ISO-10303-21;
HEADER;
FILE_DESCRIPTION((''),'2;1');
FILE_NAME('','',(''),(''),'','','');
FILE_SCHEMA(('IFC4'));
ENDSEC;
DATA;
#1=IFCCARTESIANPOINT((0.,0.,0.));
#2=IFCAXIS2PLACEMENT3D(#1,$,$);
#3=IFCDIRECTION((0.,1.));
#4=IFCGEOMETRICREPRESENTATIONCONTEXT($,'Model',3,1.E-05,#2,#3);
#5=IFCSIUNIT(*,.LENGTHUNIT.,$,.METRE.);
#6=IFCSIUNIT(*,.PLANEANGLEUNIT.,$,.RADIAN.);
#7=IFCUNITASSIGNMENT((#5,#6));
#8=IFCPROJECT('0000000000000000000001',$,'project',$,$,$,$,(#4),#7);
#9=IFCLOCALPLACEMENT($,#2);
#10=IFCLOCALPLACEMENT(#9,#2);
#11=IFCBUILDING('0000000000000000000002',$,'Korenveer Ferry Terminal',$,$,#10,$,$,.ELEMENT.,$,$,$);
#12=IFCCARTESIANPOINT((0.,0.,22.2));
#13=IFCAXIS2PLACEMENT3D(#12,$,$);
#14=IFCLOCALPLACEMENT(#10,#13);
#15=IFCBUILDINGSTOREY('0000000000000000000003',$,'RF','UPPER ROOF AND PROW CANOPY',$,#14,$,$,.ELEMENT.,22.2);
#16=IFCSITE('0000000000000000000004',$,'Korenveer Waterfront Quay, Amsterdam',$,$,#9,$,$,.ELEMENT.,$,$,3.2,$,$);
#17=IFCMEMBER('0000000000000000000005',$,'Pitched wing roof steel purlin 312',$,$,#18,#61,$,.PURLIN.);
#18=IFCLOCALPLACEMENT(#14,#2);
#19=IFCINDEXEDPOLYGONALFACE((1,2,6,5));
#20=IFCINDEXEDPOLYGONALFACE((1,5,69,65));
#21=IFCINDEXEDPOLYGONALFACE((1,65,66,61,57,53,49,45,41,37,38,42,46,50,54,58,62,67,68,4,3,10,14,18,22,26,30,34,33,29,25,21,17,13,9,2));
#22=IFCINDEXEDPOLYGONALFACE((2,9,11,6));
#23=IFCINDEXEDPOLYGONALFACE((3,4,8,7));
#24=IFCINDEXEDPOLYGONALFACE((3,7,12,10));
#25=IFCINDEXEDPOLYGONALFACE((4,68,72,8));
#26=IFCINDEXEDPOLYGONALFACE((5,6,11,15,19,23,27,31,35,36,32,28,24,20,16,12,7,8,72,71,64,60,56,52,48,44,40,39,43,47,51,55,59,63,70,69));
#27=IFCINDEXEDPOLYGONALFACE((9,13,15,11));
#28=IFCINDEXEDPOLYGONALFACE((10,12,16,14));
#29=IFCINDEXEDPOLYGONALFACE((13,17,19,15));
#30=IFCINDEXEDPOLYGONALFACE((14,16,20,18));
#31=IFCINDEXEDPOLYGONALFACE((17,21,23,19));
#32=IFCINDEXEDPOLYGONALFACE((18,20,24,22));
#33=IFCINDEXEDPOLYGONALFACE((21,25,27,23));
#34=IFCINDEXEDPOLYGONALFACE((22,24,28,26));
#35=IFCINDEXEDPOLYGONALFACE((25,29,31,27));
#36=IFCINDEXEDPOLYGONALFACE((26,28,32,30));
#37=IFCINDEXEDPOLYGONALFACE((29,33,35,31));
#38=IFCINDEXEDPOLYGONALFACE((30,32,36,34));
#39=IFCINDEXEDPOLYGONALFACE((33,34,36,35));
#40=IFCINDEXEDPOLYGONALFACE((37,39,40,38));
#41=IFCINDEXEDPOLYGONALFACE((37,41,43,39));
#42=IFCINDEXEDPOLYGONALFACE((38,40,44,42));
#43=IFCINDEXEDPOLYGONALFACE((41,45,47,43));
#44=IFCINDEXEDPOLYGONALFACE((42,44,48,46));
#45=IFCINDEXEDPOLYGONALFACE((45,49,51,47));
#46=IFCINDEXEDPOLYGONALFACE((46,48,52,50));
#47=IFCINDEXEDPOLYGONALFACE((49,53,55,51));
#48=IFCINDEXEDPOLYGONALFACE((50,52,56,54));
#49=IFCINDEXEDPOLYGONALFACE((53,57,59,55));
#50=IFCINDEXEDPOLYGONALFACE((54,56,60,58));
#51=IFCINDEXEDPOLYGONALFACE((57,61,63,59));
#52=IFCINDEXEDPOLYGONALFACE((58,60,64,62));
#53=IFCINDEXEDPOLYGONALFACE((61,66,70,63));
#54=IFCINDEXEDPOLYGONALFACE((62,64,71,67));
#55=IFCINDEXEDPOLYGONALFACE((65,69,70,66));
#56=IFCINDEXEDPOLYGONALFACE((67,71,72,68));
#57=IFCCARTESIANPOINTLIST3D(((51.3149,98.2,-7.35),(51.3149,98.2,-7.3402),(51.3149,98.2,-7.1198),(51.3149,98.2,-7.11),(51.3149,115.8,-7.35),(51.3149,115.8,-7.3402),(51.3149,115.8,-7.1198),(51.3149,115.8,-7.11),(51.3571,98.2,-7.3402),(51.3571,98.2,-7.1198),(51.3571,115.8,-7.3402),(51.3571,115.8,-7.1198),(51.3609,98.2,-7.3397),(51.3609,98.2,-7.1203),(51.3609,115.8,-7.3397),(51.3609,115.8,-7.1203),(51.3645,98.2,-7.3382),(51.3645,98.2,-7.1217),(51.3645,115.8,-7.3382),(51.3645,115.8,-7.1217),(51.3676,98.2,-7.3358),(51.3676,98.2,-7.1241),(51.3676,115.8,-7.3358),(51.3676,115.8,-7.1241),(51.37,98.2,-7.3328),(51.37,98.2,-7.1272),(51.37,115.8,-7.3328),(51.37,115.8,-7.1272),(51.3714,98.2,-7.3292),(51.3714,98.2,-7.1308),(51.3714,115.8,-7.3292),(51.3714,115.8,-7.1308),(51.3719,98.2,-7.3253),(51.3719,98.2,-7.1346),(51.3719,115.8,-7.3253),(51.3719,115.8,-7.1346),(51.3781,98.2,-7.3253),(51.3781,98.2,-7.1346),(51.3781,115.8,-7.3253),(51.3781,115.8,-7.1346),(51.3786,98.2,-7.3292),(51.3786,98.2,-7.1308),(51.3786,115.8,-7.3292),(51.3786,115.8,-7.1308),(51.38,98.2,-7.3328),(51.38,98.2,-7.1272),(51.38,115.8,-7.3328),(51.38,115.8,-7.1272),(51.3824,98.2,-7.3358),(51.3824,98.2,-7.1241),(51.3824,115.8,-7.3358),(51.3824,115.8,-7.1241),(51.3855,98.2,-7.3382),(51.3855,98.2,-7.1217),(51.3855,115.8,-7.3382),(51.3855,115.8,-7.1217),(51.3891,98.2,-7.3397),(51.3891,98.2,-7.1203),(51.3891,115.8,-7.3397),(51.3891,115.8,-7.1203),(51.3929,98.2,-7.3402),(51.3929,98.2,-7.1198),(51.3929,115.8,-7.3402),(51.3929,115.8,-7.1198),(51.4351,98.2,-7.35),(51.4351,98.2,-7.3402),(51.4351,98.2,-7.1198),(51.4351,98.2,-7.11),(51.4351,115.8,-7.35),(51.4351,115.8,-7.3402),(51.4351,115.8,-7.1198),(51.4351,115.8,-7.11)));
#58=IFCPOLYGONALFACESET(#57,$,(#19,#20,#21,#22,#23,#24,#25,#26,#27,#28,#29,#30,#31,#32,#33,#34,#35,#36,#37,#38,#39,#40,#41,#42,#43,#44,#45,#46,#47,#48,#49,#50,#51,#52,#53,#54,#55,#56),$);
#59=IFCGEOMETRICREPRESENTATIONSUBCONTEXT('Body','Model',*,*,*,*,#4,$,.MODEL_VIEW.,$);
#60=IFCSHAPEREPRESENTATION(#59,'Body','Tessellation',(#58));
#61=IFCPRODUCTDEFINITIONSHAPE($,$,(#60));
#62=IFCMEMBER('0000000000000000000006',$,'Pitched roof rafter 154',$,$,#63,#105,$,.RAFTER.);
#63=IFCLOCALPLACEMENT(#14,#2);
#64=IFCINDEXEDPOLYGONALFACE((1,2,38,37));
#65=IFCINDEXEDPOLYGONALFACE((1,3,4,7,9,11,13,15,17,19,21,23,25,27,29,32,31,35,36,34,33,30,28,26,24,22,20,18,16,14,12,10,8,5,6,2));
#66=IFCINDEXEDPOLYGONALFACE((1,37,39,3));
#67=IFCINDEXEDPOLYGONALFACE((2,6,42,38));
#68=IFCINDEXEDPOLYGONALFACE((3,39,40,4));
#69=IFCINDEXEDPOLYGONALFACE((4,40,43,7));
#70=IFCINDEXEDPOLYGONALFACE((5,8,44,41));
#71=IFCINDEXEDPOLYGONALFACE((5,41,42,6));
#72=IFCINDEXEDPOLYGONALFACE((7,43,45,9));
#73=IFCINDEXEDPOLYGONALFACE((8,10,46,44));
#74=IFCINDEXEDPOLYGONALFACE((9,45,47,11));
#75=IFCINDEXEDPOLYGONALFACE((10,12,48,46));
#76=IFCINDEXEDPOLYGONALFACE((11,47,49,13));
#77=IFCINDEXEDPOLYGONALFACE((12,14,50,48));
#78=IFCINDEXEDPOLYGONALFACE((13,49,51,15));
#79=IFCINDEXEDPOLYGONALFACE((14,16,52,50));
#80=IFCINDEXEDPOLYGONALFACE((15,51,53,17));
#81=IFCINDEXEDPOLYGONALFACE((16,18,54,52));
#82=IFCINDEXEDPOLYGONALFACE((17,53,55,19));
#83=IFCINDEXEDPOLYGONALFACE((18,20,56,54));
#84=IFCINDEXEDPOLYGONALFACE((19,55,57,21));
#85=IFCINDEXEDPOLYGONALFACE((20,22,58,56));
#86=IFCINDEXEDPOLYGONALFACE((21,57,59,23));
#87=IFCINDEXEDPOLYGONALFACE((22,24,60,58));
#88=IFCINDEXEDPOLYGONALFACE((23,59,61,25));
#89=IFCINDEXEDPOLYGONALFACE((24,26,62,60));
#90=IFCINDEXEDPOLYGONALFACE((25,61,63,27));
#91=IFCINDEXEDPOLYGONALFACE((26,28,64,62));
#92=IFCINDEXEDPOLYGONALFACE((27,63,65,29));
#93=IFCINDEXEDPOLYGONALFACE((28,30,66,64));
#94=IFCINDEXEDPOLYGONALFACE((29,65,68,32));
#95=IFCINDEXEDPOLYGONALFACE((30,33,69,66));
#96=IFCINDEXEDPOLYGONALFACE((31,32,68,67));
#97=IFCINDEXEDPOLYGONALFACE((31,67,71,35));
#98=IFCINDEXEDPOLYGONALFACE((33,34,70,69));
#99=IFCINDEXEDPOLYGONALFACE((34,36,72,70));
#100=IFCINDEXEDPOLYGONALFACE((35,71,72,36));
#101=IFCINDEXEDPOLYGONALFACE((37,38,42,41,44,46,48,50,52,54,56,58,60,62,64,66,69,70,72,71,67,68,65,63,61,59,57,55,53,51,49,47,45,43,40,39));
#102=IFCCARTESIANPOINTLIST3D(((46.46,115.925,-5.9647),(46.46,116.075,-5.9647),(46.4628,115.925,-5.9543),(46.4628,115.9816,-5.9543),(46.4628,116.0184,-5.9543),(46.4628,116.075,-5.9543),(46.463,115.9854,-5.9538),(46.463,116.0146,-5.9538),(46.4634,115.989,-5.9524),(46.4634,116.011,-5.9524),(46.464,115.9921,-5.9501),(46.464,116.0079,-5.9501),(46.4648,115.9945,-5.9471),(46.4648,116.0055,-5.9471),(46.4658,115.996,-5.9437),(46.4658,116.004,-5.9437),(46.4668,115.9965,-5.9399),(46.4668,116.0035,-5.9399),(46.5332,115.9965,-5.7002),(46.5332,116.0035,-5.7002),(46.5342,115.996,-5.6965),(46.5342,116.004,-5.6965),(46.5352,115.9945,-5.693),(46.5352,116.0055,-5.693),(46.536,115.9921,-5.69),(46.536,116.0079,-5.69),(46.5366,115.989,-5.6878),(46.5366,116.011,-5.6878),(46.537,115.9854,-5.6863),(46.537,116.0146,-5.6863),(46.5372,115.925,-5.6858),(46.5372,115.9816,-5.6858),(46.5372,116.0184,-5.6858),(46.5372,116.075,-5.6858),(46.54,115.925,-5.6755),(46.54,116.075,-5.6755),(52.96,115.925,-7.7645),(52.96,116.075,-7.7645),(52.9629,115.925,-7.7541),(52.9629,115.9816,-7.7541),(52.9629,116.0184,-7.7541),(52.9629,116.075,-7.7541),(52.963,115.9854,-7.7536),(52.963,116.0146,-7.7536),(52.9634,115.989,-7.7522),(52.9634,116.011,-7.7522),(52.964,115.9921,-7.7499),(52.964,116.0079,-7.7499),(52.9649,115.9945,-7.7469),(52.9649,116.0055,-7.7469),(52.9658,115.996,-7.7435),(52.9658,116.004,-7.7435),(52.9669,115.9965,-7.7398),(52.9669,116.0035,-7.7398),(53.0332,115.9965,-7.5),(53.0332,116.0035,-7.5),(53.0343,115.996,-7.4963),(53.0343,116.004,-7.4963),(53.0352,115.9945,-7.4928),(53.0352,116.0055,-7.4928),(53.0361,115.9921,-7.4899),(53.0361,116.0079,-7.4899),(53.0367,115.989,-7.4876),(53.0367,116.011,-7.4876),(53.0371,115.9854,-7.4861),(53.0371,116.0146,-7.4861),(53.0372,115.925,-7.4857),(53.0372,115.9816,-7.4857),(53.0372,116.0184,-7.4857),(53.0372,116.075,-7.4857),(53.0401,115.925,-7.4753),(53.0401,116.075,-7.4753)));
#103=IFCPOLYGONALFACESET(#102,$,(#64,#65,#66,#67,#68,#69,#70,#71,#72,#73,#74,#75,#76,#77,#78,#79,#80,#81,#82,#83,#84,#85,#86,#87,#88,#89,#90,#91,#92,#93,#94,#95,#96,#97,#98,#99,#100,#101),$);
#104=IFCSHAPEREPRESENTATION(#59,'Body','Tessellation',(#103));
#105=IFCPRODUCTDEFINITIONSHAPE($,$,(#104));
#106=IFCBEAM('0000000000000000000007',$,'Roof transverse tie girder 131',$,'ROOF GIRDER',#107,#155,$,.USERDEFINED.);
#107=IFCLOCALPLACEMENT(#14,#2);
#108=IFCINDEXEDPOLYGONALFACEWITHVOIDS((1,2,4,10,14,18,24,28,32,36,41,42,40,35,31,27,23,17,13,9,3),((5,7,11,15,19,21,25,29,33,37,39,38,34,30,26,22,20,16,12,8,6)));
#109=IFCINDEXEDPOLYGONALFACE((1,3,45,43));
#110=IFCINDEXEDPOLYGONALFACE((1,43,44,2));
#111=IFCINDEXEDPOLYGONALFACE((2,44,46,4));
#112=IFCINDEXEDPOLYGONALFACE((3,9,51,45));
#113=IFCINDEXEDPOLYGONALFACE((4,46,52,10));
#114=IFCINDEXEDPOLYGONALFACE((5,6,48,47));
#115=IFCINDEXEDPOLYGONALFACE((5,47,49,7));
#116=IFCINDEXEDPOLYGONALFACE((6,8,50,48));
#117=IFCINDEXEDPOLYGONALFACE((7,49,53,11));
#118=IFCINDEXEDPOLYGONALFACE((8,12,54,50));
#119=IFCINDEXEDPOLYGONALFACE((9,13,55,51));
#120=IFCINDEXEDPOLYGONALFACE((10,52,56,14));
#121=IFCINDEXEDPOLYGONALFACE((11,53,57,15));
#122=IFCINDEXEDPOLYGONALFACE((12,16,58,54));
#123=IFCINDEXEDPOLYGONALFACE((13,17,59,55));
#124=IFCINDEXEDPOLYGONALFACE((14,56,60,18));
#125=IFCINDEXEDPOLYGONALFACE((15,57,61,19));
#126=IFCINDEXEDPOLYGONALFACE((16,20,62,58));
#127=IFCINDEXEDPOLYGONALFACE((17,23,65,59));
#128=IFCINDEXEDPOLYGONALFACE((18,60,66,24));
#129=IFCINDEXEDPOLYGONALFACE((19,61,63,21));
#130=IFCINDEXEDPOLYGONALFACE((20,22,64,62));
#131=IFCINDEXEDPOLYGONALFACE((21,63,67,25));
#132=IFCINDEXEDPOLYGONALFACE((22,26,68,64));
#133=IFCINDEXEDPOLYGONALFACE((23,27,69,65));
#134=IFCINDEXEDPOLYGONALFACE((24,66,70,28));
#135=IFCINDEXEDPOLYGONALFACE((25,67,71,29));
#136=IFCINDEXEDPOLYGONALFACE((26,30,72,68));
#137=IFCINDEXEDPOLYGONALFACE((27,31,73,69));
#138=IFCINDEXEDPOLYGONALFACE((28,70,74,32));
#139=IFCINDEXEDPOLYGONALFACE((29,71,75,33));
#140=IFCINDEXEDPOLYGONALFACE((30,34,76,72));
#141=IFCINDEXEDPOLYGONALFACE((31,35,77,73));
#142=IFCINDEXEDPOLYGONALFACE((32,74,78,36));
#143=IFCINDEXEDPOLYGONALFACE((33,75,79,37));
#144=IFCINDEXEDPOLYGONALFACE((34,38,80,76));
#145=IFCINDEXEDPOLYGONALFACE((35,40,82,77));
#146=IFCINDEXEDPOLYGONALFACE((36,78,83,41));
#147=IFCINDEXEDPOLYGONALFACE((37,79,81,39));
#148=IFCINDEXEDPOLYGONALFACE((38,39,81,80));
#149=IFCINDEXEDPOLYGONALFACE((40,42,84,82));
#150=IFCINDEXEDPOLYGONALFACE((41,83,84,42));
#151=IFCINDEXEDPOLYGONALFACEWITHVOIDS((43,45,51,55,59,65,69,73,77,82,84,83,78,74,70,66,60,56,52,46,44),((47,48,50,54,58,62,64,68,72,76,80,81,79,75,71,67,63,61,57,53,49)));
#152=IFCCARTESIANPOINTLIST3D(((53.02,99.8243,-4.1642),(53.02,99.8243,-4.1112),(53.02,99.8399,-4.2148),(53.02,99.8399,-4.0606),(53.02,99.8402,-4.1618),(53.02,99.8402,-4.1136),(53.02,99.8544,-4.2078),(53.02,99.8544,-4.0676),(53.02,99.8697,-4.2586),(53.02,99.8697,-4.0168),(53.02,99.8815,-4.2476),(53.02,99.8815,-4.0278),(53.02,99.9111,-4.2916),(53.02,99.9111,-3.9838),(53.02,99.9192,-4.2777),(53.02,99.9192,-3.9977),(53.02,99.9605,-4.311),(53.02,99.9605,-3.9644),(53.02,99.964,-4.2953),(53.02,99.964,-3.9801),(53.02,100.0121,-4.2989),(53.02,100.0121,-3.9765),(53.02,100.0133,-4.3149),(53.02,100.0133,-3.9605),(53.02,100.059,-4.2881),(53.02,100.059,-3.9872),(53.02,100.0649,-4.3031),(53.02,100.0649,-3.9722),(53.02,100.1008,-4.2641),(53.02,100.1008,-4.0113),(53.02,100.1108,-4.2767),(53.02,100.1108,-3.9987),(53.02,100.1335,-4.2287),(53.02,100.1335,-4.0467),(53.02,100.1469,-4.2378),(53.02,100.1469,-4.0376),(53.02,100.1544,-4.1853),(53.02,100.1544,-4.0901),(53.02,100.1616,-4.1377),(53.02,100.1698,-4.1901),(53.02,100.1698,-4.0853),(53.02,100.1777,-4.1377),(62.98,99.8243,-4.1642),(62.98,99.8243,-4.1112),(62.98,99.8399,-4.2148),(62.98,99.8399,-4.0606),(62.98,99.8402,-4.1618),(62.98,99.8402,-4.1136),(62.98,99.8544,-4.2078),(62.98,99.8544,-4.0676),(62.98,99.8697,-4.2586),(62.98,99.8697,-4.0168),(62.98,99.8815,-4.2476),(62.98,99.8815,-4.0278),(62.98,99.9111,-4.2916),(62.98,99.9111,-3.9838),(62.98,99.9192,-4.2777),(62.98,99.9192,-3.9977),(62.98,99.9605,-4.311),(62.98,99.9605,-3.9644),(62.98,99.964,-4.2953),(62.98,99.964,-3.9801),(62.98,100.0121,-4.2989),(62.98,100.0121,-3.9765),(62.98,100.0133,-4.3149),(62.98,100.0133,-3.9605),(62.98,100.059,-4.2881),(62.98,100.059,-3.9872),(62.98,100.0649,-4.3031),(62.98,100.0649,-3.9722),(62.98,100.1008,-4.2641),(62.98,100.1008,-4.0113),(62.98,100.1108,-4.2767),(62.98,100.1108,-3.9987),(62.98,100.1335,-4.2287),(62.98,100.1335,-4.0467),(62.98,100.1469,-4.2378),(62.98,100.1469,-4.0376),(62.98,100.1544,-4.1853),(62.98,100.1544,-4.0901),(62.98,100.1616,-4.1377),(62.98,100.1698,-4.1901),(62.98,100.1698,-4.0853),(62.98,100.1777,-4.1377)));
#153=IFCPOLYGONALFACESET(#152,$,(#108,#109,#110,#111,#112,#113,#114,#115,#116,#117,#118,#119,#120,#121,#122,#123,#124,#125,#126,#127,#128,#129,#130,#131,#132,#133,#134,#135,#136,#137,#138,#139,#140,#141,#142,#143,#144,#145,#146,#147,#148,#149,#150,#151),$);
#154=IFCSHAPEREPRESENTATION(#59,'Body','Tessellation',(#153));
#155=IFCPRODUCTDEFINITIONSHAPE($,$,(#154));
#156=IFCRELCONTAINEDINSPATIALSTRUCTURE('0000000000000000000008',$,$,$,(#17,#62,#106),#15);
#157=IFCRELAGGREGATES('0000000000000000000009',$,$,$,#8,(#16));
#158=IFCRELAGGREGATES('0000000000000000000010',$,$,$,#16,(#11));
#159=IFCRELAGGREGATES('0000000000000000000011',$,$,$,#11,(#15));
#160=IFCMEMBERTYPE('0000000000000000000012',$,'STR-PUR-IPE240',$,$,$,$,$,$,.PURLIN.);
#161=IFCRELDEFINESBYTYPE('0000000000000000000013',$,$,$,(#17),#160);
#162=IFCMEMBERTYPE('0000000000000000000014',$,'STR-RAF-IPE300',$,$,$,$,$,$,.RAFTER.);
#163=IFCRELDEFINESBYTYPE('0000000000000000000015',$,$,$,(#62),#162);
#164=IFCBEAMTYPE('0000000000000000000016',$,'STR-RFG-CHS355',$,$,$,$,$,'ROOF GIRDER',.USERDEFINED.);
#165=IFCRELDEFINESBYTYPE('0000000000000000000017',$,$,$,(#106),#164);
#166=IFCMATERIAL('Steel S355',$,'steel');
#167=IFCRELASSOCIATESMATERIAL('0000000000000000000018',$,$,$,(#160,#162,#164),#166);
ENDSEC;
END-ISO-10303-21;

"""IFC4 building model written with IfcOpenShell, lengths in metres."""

from ifc_helpers import new_model, si_unit, direction, frame, origin, origin_2d, place, context, subcontext, project, spatial, hollow_circle, i_section, extrude, material, material_profile, profile_set, type_object, element, save


model = new_model("IFC4")

# Units and contexts
model_context = context("Model", 3, precision=1e-05, world=origin(), true_north=direction((0.0, 1.0)))
body_context = subcontext(model_context, "Body", "Model", "MODEL_VIEW")
ifc_project = project(units=[si_unit("LENGTHUNIT", "METRE"), si_unit("PLANEANGLEUNIT", "RADIAN")], contexts=[model_context])

# Site, building, storey
site_placement = place(None, origin())
site = spatial("IfcSite", under=ifc_project, at=site_placement, Name="Korenveer Waterfront Quay, Amsterdam", CompositionType="ELEMENT", RefElevation=3.2)
building_placement = place(site_placement, origin())
building = spatial("IfcBuilding", under=site, at=building_placement, Name="Korenveer Ferry Terminal", CompositionType="ELEMENT")
storey_placement = place(building_placement, frame((0.0, 0.0, 22.2)))
storey = spatial("IfcBuildingStorey", under=building, at=storey_placement, Name="RF", Description="UPPER ROOF AND PROW CANOPY", CompositionType="ELEMENT", Elevation=22.2)

# Shared definitions
ifc_material_1 = material(Name="Steel S355", Category="steel")

# Members
ifc_material_profile_1 = material_profile(ifc_material_1, i_section(OverallWidth=0.1201, OverallDepth=0.24, WebThickness=0.0061, FlangeThickness=0.0098, FilletRadius=0.0149, at=origin_2d()), Name="IPE 240")
ifc_profile_set_1 = profile_set([ifc_material_profile_1], Name="Steel S355")
member_type_1 = type_object("IfcMemberType", Name="STR-PUR-IPE240", PredefinedType="PURLIN", material=ifc_profile_set_1)
for number, where, z_axis, x_axis, name in (
    (1, (51.375, 98.2, -7.23), (0.0, 1.0, 0.0), (-1.0, 0.0, 0.0), "Pitched wing roof steel purlin 312"),
):
    element("IfcMember", number, at=place(storey_placement, frame(where, z_axis=z_axis, x_axis=x_axis)), inside=storey, type_object=member_type_1, Name=name, PredefinedType="PURLIN", context=body_context, shape_type="SweptSolid", body=[
        extrude(i_section(OverallWidth=0.1201, OverallDepth=0.24, WebThickness=0.0061, FlangeThickness=0.0098, FilletRadius=0.0149, at=origin_2d()), origin(), (0.0, 0.0, 1.0), 17.6001),
    ])
ifc_material_profile_2 = material_profile(ifc_material_1, i_section(OverallWidth=0.1499, OverallDepth=0.3, WebThickness=0.0071, FlangeThickness=0.0107, FilletRadius=0.0149, at=origin_2d()), Name="IPE 300")
ifc_profile_set_2 = profile_set([ifc_material_profile_2], Name="Steel S355")
member_type_2 = type_object("IfcMemberType", Name="STR-RAF-IPE300", PredefinedType="RAFTER", material=ifc_profile_set_2)
member_1_placement = place(storey_placement, frame((46.5, 116.0, -5.8201), z_axis=(0.963737, 0.0, -0.266852), x_axis=(0.0, 1.0, 0.0)))
element("IfcMember", 2, at=member_1_placement, inside=storey, type_object=member_type_2, Name="Pitched roof rafter 154", PredefinedType="RAFTER", context=body_context, shape_type="SweptSolid", body=[
    extrude(i_section(OverallWidth=0.1499, OverallDepth=0.3, WebThickness=0.0071, FlangeThickness=0.0107, FilletRadius=0.0149, at=origin_2d()), origin(), (0.0, 0.0, 1.0), 6.7446),
])

# Beam
ifc_material_profile_3 = material_profile(ifc_material_1, hollow_circle(Radius=0.1777, WallThickness=0.0161, at=origin_2d()), Name="CHS 355.6x16")
ifc_profile_set_3 = profile_set([ifc_material_profile_3], Name="Steel S355")
beam_type_1 = type_object("IfcBeamType", Name="STR-RFG-CHS355", ElementType="ROOF GIRDER", PredefinedType="USERDEFINED", material=ifc_profile_set_3)
beam_1_placement = place(storey_placement, frame((53.02, 100.0, -4.1377), z_axis=(1.0, 0.0, 0.0), x_axis=(0.0, 1.0, 0.0)))
element("IfcBeam", 3, at=beam_1_placement, inside=storey, type_object=beam_type_1, Name="Roof transverse tie girder 131", ObjectType="ROOF GIRDER", PredefinedType="USERDEFINED", context=body_context, shape_type="SweptSolid", body=[
    extrude(hollow_circle(Radius=0.1777, WallThickness=0.0161, at=origin_2d()), origin(), (0.0, 0.0, 1.0), 9.96),
])

save(model, "model.ifc")
